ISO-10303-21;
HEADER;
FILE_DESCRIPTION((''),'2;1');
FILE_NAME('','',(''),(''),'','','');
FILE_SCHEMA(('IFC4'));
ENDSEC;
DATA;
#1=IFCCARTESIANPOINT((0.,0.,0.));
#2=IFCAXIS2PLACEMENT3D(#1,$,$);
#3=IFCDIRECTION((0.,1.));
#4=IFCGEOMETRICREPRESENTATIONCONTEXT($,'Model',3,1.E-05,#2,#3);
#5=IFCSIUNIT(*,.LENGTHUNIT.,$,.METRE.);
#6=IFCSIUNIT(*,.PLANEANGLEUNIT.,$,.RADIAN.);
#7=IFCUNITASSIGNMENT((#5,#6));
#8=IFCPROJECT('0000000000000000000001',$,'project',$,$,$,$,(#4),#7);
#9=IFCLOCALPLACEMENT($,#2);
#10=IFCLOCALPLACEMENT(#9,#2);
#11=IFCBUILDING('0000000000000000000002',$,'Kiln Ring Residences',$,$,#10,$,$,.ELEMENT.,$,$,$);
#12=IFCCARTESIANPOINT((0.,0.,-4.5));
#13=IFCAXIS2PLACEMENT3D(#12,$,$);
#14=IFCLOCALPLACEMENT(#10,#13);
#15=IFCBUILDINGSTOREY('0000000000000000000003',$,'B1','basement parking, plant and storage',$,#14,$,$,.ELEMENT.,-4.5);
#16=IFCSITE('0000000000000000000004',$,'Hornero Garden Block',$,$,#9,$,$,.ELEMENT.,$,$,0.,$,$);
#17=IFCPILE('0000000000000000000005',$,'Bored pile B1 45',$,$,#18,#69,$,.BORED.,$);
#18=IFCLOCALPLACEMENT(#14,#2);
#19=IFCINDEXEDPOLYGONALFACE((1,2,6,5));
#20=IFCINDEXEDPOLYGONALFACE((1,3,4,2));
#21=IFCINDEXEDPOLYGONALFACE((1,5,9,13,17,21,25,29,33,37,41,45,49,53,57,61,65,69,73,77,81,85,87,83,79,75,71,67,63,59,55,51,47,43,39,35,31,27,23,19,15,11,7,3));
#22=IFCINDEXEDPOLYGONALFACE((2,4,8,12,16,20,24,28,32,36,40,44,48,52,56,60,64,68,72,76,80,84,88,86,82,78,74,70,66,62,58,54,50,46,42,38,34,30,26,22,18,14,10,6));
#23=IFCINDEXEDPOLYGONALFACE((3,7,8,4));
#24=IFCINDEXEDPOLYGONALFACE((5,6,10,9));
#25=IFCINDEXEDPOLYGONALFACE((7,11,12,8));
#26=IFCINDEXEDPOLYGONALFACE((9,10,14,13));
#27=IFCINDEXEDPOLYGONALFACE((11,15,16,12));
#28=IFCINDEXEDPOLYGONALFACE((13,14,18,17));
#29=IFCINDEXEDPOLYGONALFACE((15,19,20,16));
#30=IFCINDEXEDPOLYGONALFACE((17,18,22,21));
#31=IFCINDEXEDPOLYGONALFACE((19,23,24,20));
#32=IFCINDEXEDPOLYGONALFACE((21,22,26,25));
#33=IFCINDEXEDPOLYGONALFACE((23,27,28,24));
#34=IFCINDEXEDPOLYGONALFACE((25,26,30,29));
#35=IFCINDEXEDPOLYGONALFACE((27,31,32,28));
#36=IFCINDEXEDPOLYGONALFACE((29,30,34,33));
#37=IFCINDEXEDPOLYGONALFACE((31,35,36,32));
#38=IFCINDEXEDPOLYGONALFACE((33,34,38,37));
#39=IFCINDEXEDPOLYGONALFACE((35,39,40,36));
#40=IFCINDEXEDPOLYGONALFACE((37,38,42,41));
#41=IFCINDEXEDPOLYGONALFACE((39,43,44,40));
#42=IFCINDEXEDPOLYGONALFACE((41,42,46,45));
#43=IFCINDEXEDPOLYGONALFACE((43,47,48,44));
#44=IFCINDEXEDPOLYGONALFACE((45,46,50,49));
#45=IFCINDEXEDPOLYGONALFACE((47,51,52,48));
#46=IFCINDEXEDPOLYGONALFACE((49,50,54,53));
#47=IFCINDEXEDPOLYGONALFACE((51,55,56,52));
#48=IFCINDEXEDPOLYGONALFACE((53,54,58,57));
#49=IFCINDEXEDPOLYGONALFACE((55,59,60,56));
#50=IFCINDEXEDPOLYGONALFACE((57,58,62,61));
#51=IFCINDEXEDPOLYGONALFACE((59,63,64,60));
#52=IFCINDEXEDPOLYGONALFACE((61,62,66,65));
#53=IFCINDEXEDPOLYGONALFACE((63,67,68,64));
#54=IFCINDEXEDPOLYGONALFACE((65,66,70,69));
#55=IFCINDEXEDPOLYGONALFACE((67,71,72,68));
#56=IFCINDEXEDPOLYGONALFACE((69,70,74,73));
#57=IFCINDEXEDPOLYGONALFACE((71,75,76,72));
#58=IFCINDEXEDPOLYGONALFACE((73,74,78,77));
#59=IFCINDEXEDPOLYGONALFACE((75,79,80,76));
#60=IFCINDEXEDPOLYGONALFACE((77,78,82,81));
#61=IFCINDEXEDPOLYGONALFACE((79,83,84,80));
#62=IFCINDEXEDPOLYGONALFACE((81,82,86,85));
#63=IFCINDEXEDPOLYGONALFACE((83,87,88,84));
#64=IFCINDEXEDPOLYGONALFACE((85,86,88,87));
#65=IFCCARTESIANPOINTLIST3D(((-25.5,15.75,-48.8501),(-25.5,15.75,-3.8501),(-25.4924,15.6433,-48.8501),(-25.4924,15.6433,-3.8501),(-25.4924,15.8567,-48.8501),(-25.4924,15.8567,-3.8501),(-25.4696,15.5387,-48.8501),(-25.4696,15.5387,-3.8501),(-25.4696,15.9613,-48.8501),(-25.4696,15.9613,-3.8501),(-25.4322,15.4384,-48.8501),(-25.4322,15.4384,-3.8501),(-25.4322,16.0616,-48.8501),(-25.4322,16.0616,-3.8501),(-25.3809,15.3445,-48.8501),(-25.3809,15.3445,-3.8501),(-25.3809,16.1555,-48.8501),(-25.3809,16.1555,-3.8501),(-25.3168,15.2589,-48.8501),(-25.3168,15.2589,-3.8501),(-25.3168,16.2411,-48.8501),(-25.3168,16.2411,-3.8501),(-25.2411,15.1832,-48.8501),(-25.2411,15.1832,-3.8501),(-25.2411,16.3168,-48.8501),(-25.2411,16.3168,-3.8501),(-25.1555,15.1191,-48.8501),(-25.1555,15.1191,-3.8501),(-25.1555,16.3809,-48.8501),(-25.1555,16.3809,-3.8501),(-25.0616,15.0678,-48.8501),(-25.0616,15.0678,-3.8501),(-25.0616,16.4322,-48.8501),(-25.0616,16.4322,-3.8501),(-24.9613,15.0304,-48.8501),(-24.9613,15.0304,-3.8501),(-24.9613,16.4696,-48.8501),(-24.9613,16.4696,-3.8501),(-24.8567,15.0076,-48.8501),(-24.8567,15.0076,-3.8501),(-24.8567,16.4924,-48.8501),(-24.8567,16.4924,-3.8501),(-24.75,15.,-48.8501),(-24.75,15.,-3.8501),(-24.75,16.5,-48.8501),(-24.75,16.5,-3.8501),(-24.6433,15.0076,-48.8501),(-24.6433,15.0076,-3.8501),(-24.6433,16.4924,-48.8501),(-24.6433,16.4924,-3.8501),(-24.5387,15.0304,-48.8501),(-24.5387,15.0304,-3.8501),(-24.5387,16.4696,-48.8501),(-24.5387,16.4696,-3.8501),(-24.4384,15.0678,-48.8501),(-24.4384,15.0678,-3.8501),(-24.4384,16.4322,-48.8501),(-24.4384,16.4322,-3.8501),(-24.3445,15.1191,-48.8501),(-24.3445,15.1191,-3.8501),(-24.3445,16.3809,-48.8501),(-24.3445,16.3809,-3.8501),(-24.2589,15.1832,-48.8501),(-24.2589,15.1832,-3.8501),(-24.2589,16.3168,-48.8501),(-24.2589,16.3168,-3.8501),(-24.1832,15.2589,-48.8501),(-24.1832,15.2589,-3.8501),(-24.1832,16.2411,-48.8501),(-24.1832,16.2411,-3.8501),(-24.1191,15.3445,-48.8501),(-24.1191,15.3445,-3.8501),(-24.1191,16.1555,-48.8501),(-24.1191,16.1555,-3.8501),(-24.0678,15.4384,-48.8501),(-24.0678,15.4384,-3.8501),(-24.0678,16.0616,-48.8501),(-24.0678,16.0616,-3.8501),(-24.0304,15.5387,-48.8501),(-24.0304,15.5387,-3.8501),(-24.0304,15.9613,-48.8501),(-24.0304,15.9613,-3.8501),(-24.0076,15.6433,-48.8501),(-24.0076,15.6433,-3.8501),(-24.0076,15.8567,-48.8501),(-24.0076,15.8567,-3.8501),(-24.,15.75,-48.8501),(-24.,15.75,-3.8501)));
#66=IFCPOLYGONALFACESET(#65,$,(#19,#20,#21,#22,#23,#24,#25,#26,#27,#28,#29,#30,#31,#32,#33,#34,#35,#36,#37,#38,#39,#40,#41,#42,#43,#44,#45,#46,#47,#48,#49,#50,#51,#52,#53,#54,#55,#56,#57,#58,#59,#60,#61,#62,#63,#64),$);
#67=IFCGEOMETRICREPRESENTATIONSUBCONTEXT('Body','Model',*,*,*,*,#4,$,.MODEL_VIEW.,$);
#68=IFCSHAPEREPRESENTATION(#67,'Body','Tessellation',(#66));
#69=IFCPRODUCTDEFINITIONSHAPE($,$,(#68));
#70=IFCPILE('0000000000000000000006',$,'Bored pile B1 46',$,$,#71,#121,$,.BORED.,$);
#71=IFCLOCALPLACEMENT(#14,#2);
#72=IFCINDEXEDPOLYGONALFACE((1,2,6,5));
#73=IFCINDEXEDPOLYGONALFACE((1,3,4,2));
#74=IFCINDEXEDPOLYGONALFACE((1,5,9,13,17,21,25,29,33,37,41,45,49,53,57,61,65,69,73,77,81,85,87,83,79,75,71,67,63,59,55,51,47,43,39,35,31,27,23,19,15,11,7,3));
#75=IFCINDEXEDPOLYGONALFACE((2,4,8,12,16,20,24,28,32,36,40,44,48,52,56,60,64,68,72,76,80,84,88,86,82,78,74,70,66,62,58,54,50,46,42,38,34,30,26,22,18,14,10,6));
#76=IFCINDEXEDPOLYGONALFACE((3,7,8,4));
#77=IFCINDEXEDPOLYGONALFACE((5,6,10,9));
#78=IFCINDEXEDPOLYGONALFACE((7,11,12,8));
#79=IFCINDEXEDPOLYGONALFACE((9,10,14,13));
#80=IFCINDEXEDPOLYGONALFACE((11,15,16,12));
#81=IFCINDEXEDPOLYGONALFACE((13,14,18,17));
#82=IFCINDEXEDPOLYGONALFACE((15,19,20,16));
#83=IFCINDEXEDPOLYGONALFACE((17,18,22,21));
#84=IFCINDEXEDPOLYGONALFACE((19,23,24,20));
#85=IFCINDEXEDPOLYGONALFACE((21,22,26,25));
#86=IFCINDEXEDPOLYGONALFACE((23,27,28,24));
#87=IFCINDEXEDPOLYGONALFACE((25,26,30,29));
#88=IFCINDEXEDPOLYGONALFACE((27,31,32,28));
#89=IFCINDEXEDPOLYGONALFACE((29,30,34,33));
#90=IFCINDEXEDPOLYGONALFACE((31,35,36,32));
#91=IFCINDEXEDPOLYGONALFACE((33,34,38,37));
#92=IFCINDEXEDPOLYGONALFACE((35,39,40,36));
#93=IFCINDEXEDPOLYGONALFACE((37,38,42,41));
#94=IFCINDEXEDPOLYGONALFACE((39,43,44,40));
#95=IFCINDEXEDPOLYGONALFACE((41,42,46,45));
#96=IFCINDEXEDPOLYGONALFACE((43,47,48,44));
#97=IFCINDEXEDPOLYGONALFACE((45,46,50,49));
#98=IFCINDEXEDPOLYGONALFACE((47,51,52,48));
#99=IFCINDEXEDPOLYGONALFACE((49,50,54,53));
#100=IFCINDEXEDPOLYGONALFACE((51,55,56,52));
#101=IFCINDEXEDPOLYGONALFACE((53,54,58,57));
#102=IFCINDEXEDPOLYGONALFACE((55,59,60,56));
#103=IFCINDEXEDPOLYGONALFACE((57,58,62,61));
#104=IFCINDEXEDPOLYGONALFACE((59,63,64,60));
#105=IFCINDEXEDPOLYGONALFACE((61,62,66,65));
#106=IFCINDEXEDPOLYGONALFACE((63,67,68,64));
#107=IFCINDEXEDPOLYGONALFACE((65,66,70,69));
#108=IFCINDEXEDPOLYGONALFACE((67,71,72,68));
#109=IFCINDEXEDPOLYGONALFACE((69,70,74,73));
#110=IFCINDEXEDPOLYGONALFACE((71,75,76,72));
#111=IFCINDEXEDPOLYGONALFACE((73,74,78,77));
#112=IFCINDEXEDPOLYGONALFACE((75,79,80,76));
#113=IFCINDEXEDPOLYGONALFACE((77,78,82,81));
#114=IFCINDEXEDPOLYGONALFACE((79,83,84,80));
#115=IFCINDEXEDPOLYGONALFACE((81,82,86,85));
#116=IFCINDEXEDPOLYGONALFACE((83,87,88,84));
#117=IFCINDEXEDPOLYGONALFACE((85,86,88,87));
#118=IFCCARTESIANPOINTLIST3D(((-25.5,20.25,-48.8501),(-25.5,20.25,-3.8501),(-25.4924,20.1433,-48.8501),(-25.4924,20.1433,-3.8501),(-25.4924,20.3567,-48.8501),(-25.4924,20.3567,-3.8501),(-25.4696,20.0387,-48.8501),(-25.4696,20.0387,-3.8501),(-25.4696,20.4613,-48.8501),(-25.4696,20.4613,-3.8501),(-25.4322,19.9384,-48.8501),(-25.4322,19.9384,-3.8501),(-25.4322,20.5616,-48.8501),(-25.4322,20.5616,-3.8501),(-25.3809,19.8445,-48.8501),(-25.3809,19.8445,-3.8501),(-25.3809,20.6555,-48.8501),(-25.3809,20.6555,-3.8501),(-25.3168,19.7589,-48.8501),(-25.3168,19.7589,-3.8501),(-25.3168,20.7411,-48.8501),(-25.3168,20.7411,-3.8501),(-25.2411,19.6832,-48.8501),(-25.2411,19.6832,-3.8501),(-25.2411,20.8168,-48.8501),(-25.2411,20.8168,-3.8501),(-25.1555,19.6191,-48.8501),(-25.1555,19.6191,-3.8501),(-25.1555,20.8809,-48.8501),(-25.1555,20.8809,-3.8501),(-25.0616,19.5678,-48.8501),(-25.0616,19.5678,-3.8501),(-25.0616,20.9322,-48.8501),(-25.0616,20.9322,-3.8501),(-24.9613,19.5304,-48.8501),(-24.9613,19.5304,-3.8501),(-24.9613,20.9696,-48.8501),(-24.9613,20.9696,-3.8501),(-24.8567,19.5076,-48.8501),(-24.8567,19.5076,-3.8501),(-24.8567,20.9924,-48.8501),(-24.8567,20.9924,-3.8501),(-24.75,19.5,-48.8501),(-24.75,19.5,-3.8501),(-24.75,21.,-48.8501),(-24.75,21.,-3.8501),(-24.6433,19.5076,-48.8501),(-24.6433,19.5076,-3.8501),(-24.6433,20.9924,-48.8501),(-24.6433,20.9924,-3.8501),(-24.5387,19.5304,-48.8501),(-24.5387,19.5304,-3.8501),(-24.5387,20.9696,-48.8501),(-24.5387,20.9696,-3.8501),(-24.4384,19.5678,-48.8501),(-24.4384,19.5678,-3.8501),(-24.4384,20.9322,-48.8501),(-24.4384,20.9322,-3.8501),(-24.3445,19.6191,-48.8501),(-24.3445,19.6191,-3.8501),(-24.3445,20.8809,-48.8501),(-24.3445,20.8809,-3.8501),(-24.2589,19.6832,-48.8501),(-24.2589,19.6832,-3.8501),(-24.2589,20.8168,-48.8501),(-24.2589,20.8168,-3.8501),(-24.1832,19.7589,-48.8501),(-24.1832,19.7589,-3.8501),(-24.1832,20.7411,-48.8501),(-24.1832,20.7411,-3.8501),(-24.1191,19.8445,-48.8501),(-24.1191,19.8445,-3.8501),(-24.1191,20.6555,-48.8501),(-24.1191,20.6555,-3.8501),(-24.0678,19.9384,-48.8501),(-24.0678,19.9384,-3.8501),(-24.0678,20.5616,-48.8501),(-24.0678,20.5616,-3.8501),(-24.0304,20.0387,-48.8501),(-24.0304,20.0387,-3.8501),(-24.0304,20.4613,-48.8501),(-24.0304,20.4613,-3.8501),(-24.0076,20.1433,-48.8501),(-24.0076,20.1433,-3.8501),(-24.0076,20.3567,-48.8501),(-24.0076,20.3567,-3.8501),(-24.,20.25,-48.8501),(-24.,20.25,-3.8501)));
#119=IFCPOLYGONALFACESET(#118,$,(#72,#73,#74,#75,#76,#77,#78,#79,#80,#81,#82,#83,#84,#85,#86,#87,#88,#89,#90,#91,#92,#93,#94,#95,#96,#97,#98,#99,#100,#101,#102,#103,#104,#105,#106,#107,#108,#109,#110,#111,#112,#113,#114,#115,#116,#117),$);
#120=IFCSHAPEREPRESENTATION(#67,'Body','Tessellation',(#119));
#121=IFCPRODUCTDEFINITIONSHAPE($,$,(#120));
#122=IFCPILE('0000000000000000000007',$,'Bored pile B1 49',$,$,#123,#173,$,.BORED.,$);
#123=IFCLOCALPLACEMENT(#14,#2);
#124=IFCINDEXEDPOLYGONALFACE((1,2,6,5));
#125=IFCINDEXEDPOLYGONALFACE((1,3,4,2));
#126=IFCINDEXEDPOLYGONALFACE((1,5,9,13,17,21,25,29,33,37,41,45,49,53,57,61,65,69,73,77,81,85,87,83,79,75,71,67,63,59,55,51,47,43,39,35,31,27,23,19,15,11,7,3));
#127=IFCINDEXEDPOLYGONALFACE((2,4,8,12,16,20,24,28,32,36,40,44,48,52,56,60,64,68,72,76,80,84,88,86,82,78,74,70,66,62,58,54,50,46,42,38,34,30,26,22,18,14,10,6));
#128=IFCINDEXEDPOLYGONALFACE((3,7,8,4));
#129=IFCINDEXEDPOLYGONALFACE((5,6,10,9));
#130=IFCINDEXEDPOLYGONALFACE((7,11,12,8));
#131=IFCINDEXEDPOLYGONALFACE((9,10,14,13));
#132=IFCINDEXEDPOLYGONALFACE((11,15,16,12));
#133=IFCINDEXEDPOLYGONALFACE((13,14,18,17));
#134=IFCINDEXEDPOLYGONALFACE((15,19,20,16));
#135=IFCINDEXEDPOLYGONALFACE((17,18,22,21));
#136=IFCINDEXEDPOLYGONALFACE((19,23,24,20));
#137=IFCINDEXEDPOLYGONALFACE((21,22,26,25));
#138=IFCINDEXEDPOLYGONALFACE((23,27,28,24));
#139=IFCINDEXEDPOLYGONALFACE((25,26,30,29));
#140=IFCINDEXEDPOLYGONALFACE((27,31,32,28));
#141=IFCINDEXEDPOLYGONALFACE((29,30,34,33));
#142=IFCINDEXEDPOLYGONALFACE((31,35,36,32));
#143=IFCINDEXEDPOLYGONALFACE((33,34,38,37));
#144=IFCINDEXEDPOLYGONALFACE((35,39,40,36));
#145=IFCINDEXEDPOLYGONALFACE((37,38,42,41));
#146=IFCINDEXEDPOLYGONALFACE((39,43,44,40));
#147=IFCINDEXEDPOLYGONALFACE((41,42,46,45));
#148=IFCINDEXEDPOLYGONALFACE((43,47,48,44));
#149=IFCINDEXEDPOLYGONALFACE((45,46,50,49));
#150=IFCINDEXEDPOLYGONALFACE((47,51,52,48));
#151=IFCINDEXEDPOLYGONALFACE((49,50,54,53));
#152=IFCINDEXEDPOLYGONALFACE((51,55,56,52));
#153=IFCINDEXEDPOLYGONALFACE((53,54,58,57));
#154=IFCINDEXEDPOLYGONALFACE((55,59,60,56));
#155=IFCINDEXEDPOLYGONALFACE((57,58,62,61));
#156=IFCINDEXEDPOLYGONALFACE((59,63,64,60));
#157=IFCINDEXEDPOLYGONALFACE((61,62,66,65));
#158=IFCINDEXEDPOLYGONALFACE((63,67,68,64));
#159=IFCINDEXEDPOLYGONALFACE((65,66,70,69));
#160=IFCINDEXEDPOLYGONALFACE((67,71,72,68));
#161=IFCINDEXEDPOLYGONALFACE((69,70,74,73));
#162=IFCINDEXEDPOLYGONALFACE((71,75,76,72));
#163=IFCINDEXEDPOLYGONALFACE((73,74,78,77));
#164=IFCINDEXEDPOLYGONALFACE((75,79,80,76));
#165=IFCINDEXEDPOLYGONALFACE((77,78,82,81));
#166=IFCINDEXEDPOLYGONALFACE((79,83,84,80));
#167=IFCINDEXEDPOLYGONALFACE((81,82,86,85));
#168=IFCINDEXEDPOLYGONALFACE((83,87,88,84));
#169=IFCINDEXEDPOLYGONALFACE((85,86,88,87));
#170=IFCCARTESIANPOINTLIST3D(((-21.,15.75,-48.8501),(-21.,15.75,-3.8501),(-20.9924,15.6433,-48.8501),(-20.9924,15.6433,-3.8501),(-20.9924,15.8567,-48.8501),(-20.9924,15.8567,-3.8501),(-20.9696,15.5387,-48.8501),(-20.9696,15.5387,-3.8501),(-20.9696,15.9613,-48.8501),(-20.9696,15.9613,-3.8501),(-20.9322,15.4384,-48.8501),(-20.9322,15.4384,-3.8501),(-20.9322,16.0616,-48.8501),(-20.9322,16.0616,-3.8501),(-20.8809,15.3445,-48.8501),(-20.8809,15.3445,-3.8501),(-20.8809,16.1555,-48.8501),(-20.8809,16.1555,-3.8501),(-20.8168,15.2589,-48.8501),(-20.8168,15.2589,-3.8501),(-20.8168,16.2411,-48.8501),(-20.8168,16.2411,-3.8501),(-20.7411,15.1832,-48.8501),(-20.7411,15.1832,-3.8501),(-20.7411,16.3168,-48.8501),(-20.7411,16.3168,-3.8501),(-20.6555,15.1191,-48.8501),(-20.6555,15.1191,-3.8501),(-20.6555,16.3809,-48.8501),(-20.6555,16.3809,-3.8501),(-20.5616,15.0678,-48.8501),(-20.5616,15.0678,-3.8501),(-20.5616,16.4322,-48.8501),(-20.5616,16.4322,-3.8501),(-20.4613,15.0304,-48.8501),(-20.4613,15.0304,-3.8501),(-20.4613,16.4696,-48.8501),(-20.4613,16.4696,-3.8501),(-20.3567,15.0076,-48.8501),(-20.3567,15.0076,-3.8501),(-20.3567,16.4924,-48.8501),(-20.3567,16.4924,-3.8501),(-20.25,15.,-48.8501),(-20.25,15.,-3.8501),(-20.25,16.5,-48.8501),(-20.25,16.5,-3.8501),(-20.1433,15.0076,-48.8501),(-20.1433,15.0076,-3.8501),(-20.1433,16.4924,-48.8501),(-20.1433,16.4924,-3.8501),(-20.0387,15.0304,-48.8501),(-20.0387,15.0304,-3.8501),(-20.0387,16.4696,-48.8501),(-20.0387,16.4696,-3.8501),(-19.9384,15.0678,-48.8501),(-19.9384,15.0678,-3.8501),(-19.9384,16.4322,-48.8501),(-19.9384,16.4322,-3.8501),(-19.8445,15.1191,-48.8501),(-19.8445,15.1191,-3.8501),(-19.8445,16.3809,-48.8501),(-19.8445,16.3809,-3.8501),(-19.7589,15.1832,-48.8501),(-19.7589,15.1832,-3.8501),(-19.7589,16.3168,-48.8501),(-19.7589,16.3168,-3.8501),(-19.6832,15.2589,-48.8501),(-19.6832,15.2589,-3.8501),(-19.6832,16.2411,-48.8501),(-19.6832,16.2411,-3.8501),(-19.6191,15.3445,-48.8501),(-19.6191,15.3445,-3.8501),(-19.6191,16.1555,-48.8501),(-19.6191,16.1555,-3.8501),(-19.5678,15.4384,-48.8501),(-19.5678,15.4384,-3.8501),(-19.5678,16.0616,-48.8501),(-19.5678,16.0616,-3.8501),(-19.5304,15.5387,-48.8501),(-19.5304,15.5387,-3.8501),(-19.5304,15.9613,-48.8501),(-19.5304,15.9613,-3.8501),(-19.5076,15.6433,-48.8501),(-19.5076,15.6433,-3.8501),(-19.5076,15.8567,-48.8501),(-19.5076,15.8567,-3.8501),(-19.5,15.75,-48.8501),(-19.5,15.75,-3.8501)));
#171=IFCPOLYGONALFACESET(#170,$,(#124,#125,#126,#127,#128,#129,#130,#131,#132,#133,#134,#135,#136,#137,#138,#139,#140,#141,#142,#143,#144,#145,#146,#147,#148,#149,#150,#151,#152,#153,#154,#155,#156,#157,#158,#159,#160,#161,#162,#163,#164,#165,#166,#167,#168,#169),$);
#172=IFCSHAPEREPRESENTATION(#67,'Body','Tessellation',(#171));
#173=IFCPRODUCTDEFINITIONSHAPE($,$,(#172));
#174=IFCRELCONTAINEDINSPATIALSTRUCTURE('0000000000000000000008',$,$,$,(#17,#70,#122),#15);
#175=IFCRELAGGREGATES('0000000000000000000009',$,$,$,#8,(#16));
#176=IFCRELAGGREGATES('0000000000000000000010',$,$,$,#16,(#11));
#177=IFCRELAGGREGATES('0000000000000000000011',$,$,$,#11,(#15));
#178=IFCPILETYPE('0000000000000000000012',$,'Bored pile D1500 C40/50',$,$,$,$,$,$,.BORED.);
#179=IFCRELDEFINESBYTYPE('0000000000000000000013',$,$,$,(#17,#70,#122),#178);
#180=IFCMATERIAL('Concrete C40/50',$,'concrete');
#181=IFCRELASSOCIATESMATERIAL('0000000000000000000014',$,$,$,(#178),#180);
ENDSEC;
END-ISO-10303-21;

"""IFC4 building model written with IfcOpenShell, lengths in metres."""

from ifc_helpers import new_model, si_unit, direction, frame, origin, origin_2d, place, context, subcontext, project, spatial, circle, extrude, material, material_profile, profile_set, type_object, element, save


model = new_model("IFC4")

# Units and contexts
model_context = context("Model", 3, precision=1e-05, world=origin(), true_north=direction((0.0, 1.0)))
body_context = subcontext(model_context, "Body", "Model", "MODEL_VIEW")
ifc_project = project(units=[si_unit("LENGTHUNIT", "METRE"), si_unit("PLANEANGLEUNIT", "RADIAN")], contexts=[model_context])

# Site, building, storey
site_placement = place(None, origin())
site = spatial("IfcSite", under=ifc_project, at=site_placement, Name="Hornero Garden Block", CompositionType="ELEMENT", RefElevation=0.0)
building_placement = place(site_placement, origin())
building = spatial("IfcBuilding", under=site, at=building_placement, Name="Kiln Ring Residences", CompositionType="ELEMENT")
storey_placement = place(building_placement, frame((0.0, 0.0, -4.5)))
storey = spatial("IfcBuildingStorey", under=building, at=storey_placement, Name="B1", Description="basement parking, plant and storage", CompositionType="ELEMENT", Elevation=-4.5)

# Piles
ifc_material_1 = material(Name="Concrete C40/50", Category="concrete")
ifc_material_profile_1 = material_profile(ifc_material_1, circle(Radius=0.75, at=origin_2d()), Name="BORED1500")
ifc_profile_set_1 = profile_set([ifc_material_profile_1], Name="Concrete C40/50")
pile_type = type_object("IfcPileType", Name="Bored pile D1500 C40/50", PredefinedType="BORED", material=ifc_profile_set_1)
for number, where, z_axis, x_axis, name in (
    (1, (-24.75, 15.75, -3.8501), (0.0, 0.0, -1.0), (1.0, 0.0, 0.0), "Bored pile B1 45"),
    (2, (-24.75, 20.25, -3.8501), (0.0, 0.0, -1.0), (1.0, 0.0, 0.0), "Bored pile B1 46"),
    (3, (-20.25, 15.75, -3.8501), (0.0, 0.0, -1.0), (1.0, 0.0, 0.0), "Bored pile B1 49"),
):
    element("IfcPile", number, at=place(storey_placement, frame(where, z_axis=z_axis, x_axis=x_axis)), inside=storey, type_object=pile_type, Name=name, PredefinedType="BORED", context=body_context, shape_type="SweptSolid", body=[
        extrude(circle(Radius=0.75, at=origin_2d()), origin(), (0.0, 0.0, 1.0), 45.0),
    ])

save(model, "model.ifc")
